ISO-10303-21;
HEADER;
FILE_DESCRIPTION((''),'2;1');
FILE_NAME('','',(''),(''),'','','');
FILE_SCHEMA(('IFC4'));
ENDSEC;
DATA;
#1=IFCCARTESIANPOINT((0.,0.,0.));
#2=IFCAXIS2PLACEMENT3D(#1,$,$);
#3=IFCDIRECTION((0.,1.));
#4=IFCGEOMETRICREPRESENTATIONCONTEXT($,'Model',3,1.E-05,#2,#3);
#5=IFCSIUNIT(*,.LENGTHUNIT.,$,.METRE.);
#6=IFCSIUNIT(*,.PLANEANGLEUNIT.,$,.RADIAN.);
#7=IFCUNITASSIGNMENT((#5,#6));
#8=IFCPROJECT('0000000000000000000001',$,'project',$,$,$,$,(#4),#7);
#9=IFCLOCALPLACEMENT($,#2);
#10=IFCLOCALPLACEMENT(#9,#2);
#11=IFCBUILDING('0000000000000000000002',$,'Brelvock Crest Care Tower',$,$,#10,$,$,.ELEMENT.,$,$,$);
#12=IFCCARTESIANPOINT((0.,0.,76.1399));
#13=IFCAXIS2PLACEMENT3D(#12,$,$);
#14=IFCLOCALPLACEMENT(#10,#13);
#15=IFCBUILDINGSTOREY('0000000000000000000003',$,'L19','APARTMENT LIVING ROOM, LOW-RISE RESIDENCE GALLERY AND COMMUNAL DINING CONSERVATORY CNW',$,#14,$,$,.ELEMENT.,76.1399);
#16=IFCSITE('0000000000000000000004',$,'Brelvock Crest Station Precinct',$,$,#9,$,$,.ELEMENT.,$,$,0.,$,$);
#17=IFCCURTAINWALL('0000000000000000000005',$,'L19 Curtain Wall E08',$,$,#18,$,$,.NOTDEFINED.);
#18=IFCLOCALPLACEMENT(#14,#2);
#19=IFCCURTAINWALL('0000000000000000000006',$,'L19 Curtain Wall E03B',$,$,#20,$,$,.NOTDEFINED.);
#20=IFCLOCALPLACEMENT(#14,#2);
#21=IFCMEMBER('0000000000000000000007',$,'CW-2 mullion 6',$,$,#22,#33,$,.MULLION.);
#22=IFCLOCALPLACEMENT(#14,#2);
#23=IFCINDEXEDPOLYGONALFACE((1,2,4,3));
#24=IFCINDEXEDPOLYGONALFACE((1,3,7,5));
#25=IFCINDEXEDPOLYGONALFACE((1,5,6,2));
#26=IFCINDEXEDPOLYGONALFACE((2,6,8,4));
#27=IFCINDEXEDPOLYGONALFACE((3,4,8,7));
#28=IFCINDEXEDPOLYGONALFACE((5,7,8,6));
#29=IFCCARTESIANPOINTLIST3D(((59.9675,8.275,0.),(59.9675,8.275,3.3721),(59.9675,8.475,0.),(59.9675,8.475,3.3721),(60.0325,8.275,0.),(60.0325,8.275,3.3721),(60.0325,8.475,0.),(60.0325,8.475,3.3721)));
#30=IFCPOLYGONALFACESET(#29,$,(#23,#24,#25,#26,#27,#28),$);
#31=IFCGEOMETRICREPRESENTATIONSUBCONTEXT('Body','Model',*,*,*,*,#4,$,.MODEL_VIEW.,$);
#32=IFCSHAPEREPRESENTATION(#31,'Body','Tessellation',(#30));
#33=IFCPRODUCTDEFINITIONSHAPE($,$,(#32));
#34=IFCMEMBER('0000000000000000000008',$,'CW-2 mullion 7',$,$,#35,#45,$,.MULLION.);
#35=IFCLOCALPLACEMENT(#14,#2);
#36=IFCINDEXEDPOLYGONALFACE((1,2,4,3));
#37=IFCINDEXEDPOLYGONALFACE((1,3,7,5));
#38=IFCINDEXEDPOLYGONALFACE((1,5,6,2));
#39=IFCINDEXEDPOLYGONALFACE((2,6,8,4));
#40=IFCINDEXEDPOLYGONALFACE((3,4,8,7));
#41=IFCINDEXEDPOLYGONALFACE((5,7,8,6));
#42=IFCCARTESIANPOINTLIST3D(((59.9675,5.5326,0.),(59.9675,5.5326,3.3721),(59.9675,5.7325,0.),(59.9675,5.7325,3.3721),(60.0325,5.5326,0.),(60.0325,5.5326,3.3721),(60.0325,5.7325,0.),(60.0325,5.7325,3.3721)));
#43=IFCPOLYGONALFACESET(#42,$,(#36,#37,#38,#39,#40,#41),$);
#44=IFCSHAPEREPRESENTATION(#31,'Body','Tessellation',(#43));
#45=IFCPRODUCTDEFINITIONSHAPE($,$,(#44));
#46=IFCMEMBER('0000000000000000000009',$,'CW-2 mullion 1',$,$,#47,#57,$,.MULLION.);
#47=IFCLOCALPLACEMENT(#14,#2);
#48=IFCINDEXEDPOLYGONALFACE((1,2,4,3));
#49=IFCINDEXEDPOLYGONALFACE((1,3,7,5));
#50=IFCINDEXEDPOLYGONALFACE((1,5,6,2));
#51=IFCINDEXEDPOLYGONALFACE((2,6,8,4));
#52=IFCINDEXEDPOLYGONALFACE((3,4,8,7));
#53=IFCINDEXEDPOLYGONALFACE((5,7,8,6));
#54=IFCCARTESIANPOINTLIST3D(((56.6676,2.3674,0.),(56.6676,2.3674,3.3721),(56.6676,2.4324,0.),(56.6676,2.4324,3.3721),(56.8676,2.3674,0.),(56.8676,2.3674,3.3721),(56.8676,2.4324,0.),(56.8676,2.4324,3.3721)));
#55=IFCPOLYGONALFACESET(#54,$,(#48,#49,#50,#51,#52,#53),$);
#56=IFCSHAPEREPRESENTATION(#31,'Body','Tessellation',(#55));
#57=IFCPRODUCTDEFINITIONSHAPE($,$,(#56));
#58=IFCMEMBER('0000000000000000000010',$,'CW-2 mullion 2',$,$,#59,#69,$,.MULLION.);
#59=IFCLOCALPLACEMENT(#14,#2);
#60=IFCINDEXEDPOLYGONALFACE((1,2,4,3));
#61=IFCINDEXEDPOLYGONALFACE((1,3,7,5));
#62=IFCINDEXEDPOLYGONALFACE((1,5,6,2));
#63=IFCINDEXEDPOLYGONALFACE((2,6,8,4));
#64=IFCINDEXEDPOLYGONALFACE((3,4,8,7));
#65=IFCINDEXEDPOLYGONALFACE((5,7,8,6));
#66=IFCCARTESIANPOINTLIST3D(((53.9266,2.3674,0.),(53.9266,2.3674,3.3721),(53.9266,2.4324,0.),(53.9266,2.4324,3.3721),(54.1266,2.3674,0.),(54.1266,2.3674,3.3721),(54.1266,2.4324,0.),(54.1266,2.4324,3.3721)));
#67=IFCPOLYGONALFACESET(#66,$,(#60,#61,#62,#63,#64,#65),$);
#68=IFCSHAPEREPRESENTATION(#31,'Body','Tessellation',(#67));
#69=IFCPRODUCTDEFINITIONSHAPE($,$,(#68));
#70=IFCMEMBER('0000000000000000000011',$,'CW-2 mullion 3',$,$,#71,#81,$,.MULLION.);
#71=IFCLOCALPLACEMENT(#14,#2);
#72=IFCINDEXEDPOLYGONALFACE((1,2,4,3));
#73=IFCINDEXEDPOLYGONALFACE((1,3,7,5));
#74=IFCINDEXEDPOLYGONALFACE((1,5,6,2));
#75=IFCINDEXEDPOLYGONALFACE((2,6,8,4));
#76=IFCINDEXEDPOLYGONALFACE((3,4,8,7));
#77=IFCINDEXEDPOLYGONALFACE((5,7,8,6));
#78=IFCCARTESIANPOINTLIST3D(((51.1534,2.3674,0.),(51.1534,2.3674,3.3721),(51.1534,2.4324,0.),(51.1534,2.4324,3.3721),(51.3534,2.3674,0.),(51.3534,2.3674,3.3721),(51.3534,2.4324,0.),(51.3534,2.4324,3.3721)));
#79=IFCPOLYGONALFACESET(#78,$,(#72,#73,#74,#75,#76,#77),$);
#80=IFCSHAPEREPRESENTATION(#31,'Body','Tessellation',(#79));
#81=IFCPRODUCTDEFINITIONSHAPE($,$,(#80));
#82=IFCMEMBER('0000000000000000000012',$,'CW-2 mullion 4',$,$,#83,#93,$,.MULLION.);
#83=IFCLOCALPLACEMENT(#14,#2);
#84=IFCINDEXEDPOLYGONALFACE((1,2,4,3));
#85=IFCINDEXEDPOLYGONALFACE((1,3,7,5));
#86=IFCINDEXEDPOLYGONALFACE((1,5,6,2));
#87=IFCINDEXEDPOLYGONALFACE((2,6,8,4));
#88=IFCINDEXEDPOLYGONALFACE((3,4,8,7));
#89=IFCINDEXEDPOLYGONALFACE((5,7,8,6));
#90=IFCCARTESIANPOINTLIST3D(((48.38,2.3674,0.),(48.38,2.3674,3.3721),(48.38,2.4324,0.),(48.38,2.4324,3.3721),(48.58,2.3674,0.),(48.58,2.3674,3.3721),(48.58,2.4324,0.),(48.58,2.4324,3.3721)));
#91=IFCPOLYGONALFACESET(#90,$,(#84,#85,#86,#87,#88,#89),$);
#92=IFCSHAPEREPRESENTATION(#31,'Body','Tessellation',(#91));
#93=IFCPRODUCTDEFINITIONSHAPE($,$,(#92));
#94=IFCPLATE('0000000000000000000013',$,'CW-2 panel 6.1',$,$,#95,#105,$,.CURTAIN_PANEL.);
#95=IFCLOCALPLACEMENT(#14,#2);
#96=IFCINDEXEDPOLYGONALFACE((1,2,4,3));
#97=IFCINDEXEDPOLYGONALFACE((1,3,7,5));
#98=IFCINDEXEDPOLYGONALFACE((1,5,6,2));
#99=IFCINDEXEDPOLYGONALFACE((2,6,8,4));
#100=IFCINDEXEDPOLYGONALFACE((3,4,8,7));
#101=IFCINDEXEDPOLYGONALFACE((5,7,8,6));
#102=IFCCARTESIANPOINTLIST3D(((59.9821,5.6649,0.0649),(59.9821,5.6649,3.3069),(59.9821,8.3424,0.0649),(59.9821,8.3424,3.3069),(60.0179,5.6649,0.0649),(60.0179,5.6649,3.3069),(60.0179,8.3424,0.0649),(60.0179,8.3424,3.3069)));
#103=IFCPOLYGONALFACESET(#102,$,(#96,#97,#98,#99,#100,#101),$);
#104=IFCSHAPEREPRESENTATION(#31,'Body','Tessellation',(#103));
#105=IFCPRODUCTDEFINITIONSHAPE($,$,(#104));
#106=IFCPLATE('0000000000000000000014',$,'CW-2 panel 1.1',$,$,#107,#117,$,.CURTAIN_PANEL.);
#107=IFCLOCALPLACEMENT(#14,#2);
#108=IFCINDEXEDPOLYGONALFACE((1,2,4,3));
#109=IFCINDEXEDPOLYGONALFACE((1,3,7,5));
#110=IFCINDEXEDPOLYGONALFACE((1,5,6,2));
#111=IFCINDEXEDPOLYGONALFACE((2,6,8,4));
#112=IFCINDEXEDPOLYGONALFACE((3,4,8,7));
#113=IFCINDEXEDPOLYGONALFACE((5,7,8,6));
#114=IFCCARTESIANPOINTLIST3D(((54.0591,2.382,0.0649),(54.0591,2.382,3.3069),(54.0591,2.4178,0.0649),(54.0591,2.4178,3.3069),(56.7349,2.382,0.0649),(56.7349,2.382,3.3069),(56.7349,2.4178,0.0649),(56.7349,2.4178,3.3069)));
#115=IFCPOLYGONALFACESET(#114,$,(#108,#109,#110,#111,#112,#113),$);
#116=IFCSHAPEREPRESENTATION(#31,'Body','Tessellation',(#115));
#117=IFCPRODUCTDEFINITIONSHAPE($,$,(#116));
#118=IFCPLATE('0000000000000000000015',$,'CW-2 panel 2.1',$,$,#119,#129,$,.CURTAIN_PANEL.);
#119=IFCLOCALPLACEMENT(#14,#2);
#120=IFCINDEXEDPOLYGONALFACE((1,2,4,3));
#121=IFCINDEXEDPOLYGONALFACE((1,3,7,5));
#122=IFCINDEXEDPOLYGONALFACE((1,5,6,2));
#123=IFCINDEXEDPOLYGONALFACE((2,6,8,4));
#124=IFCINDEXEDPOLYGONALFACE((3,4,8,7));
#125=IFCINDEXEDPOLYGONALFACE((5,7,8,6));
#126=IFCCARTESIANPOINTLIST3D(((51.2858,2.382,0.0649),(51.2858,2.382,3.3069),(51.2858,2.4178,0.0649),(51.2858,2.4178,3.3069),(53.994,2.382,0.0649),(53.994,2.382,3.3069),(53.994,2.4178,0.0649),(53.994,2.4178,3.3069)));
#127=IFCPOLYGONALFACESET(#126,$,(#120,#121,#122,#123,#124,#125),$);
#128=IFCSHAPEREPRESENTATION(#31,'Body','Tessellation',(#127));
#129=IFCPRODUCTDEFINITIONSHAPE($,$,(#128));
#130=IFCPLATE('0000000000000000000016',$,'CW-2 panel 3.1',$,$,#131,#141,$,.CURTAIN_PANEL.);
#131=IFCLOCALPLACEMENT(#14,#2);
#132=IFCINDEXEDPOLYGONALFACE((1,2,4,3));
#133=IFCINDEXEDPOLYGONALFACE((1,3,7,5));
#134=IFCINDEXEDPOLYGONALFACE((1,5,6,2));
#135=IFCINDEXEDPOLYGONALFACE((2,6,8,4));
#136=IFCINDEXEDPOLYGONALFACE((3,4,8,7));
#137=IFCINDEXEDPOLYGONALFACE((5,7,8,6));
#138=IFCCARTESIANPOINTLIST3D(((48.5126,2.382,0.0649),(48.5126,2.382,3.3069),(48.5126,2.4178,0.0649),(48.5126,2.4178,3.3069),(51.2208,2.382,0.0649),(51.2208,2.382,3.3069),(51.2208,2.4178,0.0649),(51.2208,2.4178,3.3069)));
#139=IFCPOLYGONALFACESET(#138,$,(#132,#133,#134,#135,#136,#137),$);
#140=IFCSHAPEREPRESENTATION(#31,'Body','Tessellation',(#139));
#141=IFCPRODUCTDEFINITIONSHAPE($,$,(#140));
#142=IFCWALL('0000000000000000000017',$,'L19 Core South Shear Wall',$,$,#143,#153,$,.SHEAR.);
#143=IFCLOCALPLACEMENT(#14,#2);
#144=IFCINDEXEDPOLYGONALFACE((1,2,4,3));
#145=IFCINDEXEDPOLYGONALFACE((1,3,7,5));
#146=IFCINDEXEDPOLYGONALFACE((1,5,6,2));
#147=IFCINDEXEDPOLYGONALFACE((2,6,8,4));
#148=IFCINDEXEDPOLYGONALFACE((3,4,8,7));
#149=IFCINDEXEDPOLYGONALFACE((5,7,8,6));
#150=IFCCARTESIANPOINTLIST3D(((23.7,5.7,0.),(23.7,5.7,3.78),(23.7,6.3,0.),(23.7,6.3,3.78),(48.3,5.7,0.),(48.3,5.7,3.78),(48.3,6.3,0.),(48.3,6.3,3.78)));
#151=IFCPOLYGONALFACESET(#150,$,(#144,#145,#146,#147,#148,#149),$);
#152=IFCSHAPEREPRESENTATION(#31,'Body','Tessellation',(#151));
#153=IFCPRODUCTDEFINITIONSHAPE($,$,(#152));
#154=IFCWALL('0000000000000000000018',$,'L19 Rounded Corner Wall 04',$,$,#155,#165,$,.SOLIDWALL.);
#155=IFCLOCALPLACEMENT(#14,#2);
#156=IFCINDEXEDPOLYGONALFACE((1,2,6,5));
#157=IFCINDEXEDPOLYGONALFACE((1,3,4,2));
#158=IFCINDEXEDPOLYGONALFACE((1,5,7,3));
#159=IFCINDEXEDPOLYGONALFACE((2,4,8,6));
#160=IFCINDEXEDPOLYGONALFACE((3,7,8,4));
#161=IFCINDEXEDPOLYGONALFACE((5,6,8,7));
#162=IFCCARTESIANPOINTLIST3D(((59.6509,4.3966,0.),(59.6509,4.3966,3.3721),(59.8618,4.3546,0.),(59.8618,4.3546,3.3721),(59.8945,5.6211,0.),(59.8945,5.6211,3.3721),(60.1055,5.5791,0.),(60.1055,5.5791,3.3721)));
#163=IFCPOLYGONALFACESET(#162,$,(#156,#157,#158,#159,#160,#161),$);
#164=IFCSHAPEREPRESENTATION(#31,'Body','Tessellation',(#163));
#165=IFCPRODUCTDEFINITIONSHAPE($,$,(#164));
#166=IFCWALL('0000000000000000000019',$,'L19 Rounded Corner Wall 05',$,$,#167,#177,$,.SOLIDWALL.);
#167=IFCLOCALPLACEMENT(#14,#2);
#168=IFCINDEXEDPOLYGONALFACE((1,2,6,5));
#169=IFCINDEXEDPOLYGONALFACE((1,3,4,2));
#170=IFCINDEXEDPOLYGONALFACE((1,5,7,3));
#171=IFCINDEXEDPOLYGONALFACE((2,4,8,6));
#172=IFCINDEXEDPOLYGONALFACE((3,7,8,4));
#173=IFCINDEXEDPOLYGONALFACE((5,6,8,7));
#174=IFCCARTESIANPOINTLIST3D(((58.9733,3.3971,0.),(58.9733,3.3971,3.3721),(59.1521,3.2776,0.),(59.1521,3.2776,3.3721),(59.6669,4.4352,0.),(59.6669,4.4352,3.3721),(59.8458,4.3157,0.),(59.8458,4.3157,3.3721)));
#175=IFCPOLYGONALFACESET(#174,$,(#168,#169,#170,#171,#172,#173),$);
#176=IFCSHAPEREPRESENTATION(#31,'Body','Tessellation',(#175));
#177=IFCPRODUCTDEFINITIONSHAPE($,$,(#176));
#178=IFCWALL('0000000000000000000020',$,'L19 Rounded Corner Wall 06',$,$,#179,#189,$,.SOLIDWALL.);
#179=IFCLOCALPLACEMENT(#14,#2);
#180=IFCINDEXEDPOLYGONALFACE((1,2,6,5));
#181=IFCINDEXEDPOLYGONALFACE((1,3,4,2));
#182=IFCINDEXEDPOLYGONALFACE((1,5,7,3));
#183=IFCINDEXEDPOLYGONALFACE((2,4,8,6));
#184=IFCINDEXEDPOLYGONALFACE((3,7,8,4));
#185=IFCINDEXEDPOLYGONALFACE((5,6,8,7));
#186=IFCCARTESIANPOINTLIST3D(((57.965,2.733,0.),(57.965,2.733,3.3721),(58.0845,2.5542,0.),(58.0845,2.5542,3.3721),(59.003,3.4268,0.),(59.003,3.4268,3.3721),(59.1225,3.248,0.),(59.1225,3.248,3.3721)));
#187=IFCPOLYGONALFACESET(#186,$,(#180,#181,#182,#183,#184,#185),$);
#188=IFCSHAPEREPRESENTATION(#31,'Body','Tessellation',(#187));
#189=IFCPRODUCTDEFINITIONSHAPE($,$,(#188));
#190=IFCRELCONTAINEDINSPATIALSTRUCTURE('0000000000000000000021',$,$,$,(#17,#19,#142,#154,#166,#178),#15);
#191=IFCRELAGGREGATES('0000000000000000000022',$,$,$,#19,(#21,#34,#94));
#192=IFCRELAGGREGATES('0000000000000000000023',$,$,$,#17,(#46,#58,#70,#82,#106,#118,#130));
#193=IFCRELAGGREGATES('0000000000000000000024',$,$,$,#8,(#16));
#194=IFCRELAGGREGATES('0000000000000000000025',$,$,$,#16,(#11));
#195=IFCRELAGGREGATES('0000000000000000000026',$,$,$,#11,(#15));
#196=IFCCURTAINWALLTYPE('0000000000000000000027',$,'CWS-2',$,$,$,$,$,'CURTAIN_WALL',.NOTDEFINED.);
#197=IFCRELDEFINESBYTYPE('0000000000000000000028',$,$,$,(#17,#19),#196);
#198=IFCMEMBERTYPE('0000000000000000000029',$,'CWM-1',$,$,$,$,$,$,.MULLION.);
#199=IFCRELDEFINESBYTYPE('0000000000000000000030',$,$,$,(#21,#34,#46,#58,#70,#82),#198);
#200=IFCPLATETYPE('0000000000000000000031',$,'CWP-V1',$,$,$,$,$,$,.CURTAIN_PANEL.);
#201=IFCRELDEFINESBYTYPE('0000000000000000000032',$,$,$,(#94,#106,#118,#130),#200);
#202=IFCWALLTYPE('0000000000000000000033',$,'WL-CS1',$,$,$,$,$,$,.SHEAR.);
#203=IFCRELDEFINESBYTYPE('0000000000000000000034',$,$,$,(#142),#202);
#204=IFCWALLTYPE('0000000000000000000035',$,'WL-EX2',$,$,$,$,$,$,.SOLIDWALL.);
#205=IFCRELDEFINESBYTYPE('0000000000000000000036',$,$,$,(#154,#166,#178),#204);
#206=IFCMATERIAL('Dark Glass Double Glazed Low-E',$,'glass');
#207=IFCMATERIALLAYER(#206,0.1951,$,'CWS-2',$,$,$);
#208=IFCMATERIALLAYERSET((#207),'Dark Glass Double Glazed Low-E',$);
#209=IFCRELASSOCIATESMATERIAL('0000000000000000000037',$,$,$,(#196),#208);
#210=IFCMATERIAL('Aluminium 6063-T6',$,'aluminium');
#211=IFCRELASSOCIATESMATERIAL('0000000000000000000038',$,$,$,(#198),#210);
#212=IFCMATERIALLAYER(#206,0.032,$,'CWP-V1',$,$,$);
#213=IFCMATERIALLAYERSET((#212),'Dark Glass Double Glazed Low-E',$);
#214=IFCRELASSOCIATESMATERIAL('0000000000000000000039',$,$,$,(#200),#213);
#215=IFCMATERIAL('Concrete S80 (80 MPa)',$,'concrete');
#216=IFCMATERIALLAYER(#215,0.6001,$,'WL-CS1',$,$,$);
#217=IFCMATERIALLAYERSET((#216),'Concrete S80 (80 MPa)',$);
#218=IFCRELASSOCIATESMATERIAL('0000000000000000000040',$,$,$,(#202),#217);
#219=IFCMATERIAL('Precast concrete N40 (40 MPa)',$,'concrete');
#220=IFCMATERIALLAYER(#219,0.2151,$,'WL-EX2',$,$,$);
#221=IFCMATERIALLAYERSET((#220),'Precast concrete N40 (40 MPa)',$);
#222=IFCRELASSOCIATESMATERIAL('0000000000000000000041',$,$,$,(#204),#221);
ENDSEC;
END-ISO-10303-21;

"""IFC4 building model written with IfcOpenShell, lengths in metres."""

from ifc_helpers import new_model, si_unit, direction, frame, frame_2d, origin, origin_2d, place, context, subcontext, project, spatial, rectangle, extrude, source, transform, mapped, material, layer, layer_set, material_profile, profile_set, type_object, element, aggregate, save


model = new_model("IFC4")

# Units and contexts
model_context = context("Model", 3, precision=1e-05, world=origin(), true_north=direction((0.0, 1.0)))
body_context = subcontext(model_context, "Body", "Model", "MODEL_VIEW")
ifc_project = project(units=[si_unit("LENGTHUNIT", "METRE"), si_unit("PLANEANGLEUNIT", "RADIAN")], contexts=[model_context])

# Site, building, storey
site_placement = place(None, origin())
site = spatial("IfcSite", under=ifc_project, at=site_placement, Name="Brelvock Crest Station Precinct", CompositionType="ELEMENT", RefElevation=0.0)
building_placement = place(site_placement, origin())
building = spatial("IfcBuilding", under=site, at=building_placement, Name="Brelvock Crest Care Tower", CompositionType="ELEMENT")
storey_placement = place(building_placement, frame((0.0, 0.0, 76.1399)))
storey = spatial("IfcBuildingStorey", under=building, at=storey_placement, Name="L19", Description="APARTMENT LIVING ROOM, LOW-RISE RESIDENCE GALLERY AND COMMUNAL DINING CONSERVATORY CNW", CompositionType="ELEMENT", Elevation=76.1399)

# Shared definitions
ifc_material_1 = material(Name="Concrete S80 (80 MPa)", Category="concrete")

# Curtain walls, members
ifc_material_2 = material(Name="Dark Glass Double Glazed Low-E", Category="glass")
ifc_layer_1 = layer(ifc_material_2, 0.1951, Name="CWS-2")
ifc_layer_set_1 = layer_set([ifc_layer_1], Name="Dark Glass Double Glazed Low-E")
curtain_wall_type = type_object("IfcCurtainWallType", Name="CWS-2", ElementType="CURTAIN_WALL", PredefinedType="NOTDEFINED", material=ifc_layer_set_1)
curtain_wall_1_placement = place(storey_placement, origin())
curtain_wall_1 = element("IfcCurtainWall", 1, at=curtain_wall_1_placement, inside=storey, type_object=curtain_wall_type, Name="L19 Curtain Wall E08", PredefinedType="NOTDEFINED")
ifc_material_3 = material(Name="Aluminium 6063-T6", Category="aluminium")
curtain_wall_2_placement = place(storey_placement, origin())
curtain_wall_2 = element("IfcCurtainWall", 2, at=curtain_wall_2_placement, inside=storey, type_object=curtain_wall_type, Name="L19 Curtain Wall E03B", PredefinedType="NOTDEFINED")
ifc_material_profile_1 = material_profile(ifc_material_3, rectangle(XDim=0.0649, YDim=0.2, at=origin_2d()), Name="ALU65x200")
ifc_profile_set_1 = profile_set([ifc_material_profile_1], Name="Aluminium 6063-T6")
member_type_1 = type_object("IfcMemberType", Name="CWM-1", PredefinedType="MULLION", material=ifc_profile_set_1)
shared_shape_1 = source(origin(), body_context, "Body", "SweptSolid", [
    extrude(rectangle(XDim=0.0649, YDim=0.2, at=origin_2d()), origin(), (0.0, 0.0, 1.0), 3.3721),
])
member_1_placement = place(storey_placement, frame((60.0, 8.375, 0.0), z_axis=(0.0, 0.0, 1.0), x_axis=(1.0, 0.0, 0.0)))
member_1 = element("IfcMember", 3, at=member_1_placement, type_object=member_type_1, Name="CW-2 mullion 6", PredefinedType="MULLION", context=body_context, shape_type="MappedRepresentation", body=[
    mapped(shared_shape_1, transform((0.0, 0.0, 0.0), x_axis=(1.0, 0.0, 0.0), y_axis=(0.0, 1.0, 0.0), z_axis=(0.0, 0.0, 1.0), scale=1.0)),
])
member_2_placement = place(storey_placement, frame((60.0, 5.6326, 0.0), z_axis=(0.0, 0.0, 1.0), x_axis=(1.0, 0.0, 0.0)))
member_2 = element("IfcMember", 4, at=member_2_placement, type_object=member_type_1, Name="CW-2 mullion 7", PredefinedType="MULLION", context=body_context, shape_type="MappedRepresentation", body=[
    mapped(shared_shape_1, transform((0.0, 0.0, 0.0), x_axis=(1.0, 0.0, 0.0), y_axis=(0.0, 1.0, 0.0), z_axis=(0.0, 0.0, 1.0), scale=1.0)),
])

# Members
member_3_placement = place(storey_placement, frame((56.7676, 2.3999, 0.0), z_axis=(0.0, 0.0, 1.0), x_axis=(0.0, -1.0, 0.0)))
member_3 = element("IfcMember", 5, at=member_3_placement, type_object=member_type_1, Name="CW-2 mullion 1", PredefinedType="MULLION", context=body_context, shape_type="MappedRepresentation", body=[
    mapped(shared_shape_1, transform((0.0, 0.0, 0.0), x_axis=(1.0, 0.0, 0.0), y_axis=(0.0, 1.0, 0.0), z_axis=(0.0, 0.0, 1.0), scale=1.0)),
])
member_4_placement = place(storey_placement, frame((54.0266, 2.3999, 0.0), z_axis=(0.0, 0.0, 1.0), x_axis=(0.0, -1.0, 0.0)))
member_4 = element("IfcMember", 6, at=member_4_placement, type_object=member_type_1, Name="CW-2 mullion 2", PredefinedType="MULLION", context=body_context, shape_type="MappedRepresentation", body=[
    mapped(shared_shape_1, transform((0.0, 0.0, 0.0), x_axis=(1.0, 0.0, 0.0), y_axis=(0.0, 1.0, 0.0), z_axis=(0.0, 0.0, 1.0), scale=1.0)),
])
member_5_placement = place(storey_placement, frame((51.2534, 2.3999, 0.0), z_axis=(0.0, 0.0, 1.0), x_axis=(0.0, -1.0, 0.0)))
member_5 = element("IfcMember", 7, at=member_5_placement, type_object=member_type_1, Name="CW-2 mullion 3", PredefinedType="MULLION", context=body_context, shape_type="MappedRepresentation", body=[
    mapped(shared_shape_1, transform((0.0, 0.0, 0.0), x_axis=(1.0, 0.0, 0.0), y_axis=(0.0, 1.0, 0.0), z_axis=(0.0, 0.0, 1.0), scale=1.0)),
])
member_6_placement = place(storey_placement, frame((48.48, 2.3999, 0.0), z_axis=(0.0, 0.0, 1.0), x_axis=(0.0, -1.0, 0.0)))
member_6 = element("IfcMember", 8, at=member_6_placement, type_object=member_type_1, Name="CW-2 mullion 4", PredefinedType="MULLION", context=body_context, shape_type="MappedRepresentation", body=[
    mapped(shared_shape_1, transform((0.0, 0.0, 0.0), x_axis=(1.0, 0.0, 0.0), y_axis=(0.0, 1.0, 0.0), z_axis=(0.0, 0.0, 1.0), scale=1.0)),
])

# Plates
ifc_layer_2 = layer(ifc_material_2, 0.032, Name="CWP-V1")
ifc_layer_set_2 = layer_set([ifc_layer_2], Name="Dark Glass Double Glazed Low-E")
plate_type = type_object("IfcPlateType", Name="CWP-V1", PredefinedType="CURTAIN_PANEL", material=ifc_layer_set_2)
shared_shape_2 = source(origin(), body_context, "Body", "SweptSolid", [
    extrude(rectangle(XDim=2.6775, YDim=0.0359, at=origin_2d()), origin(), (0.0, 0.0, 1.0), 3.2419),
])
plate_1_placement = place(storey_placement, frame((60.0, 7.0037, 0.0649), z_axis=(0.0, 0.0, 1.0), x_axis=(0.0, -1.0, 0.0)))
plate_1 = element("IfcPlate", 9, at=plate_1_placement, type_object=plate_type, Name="CW-2 panel 6.1", PredefinedType="CURTAIN_PANEL", context=body_context, shape_type="MappedRepresentation", body=[
    mapped(shared_shape_2, transform((0.0, 0.0, 0.0), x_axis=(1.0, 0.0, 0.0), y_axis=(0.0, 1.0, 0.0), z_axis=(0.0, 0.0, 1.0), scale=1.0)),
])
aggregate(curtain_wall_2, [member_1, member_2, plate_1])
shared_shape_3 = source(origin(), body_context, "Body", "SweptSolid", [
    extrude(rectangle(XDim=2.6758, YDim=0.0359, at=origin_2d()), origin(), (0.0, 0.0, 1.0), 3.2419),
])
plate_2_placement = place(storey_placement, frame((55.397, 2.3999, 0.0649), z_axis=(0.0, 0.0, 1.0), x_axis=(-1.0, 0.0, 0.0)))
plate_2 = element("IfcPlate", 10, at=plate_2_placement, type_object=plate_type, Name="CW-2 panel 1.1", PredefinedType="CURTAIN_PANEL", context=body_context, shape_type="MappedRepresentation", body=[
    mapped(shared_shape_3, transform((0.0, 0.0, 0.0), x_axis=(1.0, 0.0, 0.0), y_axis=(0.0, 1.0, 0.0), z_axis=(0.0, 0.0, 1.0), scale=1.0)),
])
shared_shape_4 = source(origin(), body_context, "Body", "SweptSolid", [
    extrude(rectangle(XDim=2.7083, YDim=0.0359, at=origin_2d()), origin(), (0.0, 0.0, 1.0), 3.2419),
])
plate_3_placement = place(storey_placement, frame((52.6399, 2.3999, 0.0649), z_axis=(0.0, 0.0, 1.0), x_axis=(-1.0, 0.0, 0.0)))
plate_3 = element("IfcPlate", 11, at=plate_3_placement, type_object=plate_type, Name="CW-2 panel 2.1", PredefinedType="CURTAIN_PANEL", context=body_context, shape_type="MappedRepresentation", body=[
    mapped(shared_shape_4, transform((0.0, 0.0, 0.0), x_axis=(1.0, 0.0, 0.0), y_axis=(0.0, 1.0, 0.0), z_axis=(0.0, 0.0, 1.0), scale=1.0)),
])
plate_4_placement = place(storey_placement, frame((49.8667, 2.3999, 0.0649), z_axis=(0.0, 0.0, 1.0), x_axis=(-1.0, 0.0, 0.0)))
plate_4 = element("IfcPlate", 12, at=plate_4_placement, type_object=plate_type, Name="CW-2 panel 3.1", PredefinedType="CURTAIN_PANEL", context=body_context, shape_type="MappedRepresentation", body=[
    mapped(shared_shape_4, transform((0.0, 0.0, 0.0), x_axis=(1.0, 0.0, 0.0), y_axis=(0.0, 1.0, 0.0), z_axis=(0.0, 0.0, 1.0), scale=1.0)),
])
aggregate(curtain_wall_1, [member_3, member_4, member_5, member_6, plate_2, plate_3, plate_4])

# Walls
ifc_layer_3 = layer(ifc_material_1, 0.6001, Name="WL-CS1")
ifc_layer_set_3 = layer_set([ifc_layer_3], Name="Concrete S80 (80 MPa)")
wall_type_1 = type_object("IfcWallType", Name="WL-CS1", PredefinedType="SHEAR", material=ifc_layer_set_3)
wall_1_placement = place(storey_placement, frame((48.3, 6.0, 0.0), z_axis=(0.0, 0.0, 1.0), x_axis=(-1.0, 0.0, 0.0)))
element("IfcWall", 13, at=wall_1_placement, inside=storey, type_object=wall_type_1, Name="L19 Core South Shear Wall", PredefinedType="SHEAR", context=body_context, shape_type="SweptSolid", body=[
    extrude(rectangle(XDim=24.6001, YDim=0.6001, at=frame_2d((12.3, 0.0))), origin(), (0.0, 0.0, 1.0), 3.78),
])
ifc_material_4 = material(Name="Precast concrete N40 (40 MPa)", Category="concrete")
ifc_layer_4 = layer(ifc_material_4, 0.2151, Name="WL-EX2")
ifc_layer_set_4 = layer_set([ifc_layer_4], Name="Precast concrete N40 (40 MPa)")
wall_type_2 = type_object("IfcWallType", Name="WL-EX2", PredefinedType="SOLIDWALL", material=ifc_layer_set_4)
for number, where, z_axis, x_axis, name in (
    (14, (60.0, 5.6001, 0.0), (0.0, 0.0, 1.0), (-0.195138, -0.980776, 0.0), "L19 Rounded Corner Wall 04"),
    (15, (59.7563, 4.3755, 0.0), (0.0, 0.0, 1.0), (-0.555557, -0.831478, 0.0), "L19 Rounded Corner Wall 05"),
    (16, (59.0627, 3.3374, 0.0), (0.0, 0.0, 1.0), (-0.831388, -0.555692, 0.0), "L19 Rounded Corner Wall 06"),
):
    element("IfcWall", number, at=place(storey_placement, frame(where, z_axis=z_axis, x_axis=x_axis)), inside=storey, type_object=wall_type_2, Name=name, PredefinedType="SOLIDWALL", context=body_context, shape_type="SweptSolid", body=[
        extrude(rectangle(XDim=1.2485, YDim=0.2151, at=frame_2d((0.6243, 0.0))), origin(), (0.0, 0.0, 1.0), 3.3721),
    ])

save(model, "model.ifc")
